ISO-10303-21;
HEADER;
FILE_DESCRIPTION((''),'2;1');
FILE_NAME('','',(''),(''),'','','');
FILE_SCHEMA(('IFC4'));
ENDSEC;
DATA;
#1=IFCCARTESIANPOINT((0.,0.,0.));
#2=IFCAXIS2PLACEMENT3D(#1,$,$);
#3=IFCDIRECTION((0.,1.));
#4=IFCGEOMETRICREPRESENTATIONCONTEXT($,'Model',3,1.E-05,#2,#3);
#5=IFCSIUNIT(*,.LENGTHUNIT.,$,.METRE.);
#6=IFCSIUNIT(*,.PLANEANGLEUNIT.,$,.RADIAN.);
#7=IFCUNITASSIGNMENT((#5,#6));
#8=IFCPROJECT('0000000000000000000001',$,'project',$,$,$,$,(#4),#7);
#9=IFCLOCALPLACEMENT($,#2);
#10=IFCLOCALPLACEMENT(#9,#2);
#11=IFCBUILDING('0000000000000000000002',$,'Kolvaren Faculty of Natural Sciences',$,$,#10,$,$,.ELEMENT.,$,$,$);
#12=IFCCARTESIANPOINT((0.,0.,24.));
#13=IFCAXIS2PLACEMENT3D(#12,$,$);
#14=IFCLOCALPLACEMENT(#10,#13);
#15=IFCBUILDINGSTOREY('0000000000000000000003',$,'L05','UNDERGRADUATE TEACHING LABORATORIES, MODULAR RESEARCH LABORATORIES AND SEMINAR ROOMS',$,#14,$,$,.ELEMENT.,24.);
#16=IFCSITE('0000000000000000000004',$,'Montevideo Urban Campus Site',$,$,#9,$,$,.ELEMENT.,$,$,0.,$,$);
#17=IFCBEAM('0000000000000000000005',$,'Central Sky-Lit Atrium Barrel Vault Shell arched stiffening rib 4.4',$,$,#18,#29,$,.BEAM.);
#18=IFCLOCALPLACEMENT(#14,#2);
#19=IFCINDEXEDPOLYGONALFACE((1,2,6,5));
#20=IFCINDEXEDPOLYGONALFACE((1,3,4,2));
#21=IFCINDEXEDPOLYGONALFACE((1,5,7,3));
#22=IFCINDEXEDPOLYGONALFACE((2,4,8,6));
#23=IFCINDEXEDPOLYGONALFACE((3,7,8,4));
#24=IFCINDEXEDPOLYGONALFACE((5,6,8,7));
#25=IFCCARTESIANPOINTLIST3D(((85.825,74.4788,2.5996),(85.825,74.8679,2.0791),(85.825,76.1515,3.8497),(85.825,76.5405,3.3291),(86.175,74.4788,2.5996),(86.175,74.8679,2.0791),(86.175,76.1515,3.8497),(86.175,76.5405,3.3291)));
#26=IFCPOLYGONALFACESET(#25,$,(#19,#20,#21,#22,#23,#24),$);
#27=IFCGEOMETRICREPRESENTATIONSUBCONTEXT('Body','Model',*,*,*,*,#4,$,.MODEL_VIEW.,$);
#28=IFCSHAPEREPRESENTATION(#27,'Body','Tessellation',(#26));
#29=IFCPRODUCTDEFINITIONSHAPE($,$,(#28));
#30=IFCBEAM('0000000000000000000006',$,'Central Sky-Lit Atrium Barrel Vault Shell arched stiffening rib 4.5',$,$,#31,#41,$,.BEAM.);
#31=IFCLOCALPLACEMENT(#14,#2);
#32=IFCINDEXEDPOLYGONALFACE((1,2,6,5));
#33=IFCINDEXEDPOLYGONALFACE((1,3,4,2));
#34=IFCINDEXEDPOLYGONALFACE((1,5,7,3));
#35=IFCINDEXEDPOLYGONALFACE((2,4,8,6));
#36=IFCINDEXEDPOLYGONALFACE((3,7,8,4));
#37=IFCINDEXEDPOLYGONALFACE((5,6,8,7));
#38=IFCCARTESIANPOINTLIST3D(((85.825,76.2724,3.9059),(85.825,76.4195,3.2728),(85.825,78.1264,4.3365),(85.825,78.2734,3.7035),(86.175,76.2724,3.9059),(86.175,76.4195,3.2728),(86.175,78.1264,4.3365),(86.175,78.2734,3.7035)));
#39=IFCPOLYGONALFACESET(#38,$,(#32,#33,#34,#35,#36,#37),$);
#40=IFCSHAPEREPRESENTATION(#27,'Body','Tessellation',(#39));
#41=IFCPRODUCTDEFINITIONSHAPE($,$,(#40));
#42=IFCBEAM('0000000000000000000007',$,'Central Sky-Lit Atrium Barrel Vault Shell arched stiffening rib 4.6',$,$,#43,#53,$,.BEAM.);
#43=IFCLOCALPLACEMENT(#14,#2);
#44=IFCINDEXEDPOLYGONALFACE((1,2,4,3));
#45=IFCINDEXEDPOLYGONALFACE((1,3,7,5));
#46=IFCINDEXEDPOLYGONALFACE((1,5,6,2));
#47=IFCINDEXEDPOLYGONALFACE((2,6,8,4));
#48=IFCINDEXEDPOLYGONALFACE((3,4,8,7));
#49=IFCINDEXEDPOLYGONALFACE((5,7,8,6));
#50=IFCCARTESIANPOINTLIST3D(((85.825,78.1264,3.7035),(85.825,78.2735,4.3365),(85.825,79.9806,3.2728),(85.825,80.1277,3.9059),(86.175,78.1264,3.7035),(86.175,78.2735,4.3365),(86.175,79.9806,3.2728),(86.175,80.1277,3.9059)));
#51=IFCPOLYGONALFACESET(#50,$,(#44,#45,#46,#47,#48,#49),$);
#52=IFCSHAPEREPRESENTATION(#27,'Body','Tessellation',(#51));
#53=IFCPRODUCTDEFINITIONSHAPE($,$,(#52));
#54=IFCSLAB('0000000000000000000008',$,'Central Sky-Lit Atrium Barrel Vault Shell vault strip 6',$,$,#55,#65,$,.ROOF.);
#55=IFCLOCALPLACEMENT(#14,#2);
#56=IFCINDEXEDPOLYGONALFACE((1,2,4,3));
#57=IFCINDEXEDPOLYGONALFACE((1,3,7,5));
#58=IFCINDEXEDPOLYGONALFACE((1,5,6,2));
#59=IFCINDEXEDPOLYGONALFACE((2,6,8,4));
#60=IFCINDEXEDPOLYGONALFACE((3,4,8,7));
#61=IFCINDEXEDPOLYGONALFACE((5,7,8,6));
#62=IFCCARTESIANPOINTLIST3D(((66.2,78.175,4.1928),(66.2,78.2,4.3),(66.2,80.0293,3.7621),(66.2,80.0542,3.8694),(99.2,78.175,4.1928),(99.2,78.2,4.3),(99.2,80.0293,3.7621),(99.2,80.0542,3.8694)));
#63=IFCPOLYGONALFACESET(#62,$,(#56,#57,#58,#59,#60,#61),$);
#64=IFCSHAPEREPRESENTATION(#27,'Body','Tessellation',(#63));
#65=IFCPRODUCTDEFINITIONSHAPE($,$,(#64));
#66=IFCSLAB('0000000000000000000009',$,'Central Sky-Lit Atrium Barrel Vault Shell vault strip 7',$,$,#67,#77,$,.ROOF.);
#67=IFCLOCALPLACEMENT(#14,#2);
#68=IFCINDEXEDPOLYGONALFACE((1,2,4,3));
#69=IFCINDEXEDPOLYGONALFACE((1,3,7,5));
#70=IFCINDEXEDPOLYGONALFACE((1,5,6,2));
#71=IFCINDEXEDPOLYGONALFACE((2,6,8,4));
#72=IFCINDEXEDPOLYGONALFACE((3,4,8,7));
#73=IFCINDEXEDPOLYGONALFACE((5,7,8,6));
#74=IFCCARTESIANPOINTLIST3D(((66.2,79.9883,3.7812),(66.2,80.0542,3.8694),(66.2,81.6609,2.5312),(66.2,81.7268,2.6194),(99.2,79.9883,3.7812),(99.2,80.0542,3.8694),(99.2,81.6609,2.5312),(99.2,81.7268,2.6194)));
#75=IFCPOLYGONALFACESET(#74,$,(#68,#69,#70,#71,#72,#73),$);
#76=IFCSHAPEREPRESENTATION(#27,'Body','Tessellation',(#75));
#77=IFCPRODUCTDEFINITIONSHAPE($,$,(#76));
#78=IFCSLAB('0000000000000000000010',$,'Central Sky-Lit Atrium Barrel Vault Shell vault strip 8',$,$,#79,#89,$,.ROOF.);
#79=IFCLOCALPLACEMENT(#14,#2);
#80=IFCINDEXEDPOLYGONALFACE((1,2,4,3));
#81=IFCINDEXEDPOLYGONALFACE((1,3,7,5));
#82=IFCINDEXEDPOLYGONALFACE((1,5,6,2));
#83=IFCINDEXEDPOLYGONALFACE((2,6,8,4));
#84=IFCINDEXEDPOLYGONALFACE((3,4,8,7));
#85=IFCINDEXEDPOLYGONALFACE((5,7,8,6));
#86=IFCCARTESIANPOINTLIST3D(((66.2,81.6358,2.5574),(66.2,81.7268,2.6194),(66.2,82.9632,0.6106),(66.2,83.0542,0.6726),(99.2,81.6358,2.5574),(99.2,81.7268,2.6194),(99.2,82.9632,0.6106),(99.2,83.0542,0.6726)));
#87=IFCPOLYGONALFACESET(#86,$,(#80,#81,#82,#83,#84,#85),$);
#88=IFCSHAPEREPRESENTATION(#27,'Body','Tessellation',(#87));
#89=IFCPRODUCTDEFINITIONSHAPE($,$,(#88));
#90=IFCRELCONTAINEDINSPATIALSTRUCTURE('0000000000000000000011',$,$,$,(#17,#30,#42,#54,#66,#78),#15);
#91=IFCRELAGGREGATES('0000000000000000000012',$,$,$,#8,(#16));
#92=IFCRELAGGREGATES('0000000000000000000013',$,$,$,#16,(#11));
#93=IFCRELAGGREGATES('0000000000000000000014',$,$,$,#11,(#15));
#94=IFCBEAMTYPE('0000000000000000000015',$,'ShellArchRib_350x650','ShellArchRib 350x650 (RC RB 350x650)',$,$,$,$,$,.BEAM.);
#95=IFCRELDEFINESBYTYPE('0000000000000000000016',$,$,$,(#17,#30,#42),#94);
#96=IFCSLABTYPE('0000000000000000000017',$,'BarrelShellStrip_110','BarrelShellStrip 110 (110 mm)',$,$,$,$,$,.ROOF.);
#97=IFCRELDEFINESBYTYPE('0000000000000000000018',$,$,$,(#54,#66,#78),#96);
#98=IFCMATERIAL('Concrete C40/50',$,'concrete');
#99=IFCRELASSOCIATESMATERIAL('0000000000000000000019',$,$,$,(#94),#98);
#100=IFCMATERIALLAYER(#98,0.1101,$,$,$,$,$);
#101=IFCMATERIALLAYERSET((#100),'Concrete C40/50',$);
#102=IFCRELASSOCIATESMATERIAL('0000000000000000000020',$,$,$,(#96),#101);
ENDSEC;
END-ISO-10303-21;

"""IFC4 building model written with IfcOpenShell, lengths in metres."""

from ifc_helpers import new_model, si_unit, direction, frame, origin, origin_2d, place, context, subcontext, project, spatial, polyline, rectangle, outline, extrude, material, layer, layer_set, material_profile, profile_set, type_object, element, save


model = new_model("IFC4")

# Units and contexts
model_context = context("Model", 3, precision=1e-05, world=origin(), true_north=direction((0.0, 1.0)))
body_context = subcontext(model_context, "Body", "Model", "MODEL_VIEW")
ifc_project = project(units=[si_unit("LENGTHUNIT", "METRE"), si_unit("PLANEANGLEUNIT", "RADIAN")], contexts=[model_context])

# Site, building, storey
site_placement = place(None, origin())
site = spatial("IfcSite", under=ifc_project, at=site_placement, Name="Montevideo Urban Campus Site", CompositionType="ELEMENT", RefElevation=0.0)
building_placement = place(site_placement, origin())
building = spatial("IfcBuilding", under=site, at=building_placement, Name="Kolvaren Faculty of Natural Sciences", CompositionType="ELEMENT")
storey_placement = place(building_placement, frame((0.0, 0.0, 24.0)))
storey = spatial("IfcBuildingStorey", under=building, at=storey_placement, Name="L05", Description="UNDERGRADUATE TEACHING LABORATORIES, MODULAR RESEARCH LABORATORIES AND SEMINAR ROOMS", CompositionType="ELEMENT", Elevation=24.0)

# Beams
ifc_material = material(Name="Concrete C40/50", Category="concrete")
ifc_material_profile = material_profile(ifc_material, rectangle(XDim=0.3501, YDim=0.6499, at=origin_2d()), Name="RC RB 350x650")
ifc_profile_set = profile_set([ifc_material_profile], Name="Concrete C40/50")
beam_type = type_object("IfcBeamType", Name="ShellArchRib_350x650", Description="ShellArchRib 350x650 (RC RB 350x650)", PredefinedType="BEAM", material=ifc_profile_set)
beam_1_placement = place(storey_placement, frame((86.0, 74.6733, 2.3394), z_axis=(0.0, 0.801023, 0.598633), x_axis=(-1.0, 0.0, 0.0)))
element("IfcBeam", 1, at=beam_1_placement, inside=storey, type_object=beam_type, Name="Central Sky-Lit Atrium Barrel Vault Shell arched stiffening rib 4.4", PredefinedType="BEAM", context=body_context, shape_type="SweptSolid", body=[
    extrude(rectangle(XDim=0.3501, YDim=0.6499, at=origin_2d()), origin(), (0.0, 0.0, 1.0), 2.0881),
])
beam_2_placement = place(storey_placement, frame((86.0, 76.3459, 3.5894), z_axis=(0.0, 0.974066, 0.226264), x_axis=(-1.0, 0.0, 0.0)))
element("IfcBeam", 2, at=beam_2_placement, inside=storey, type_object=beam_type, Name="Central Sky-Lit Atrium Barrel Vault Shell arched stiffening rib 4.5", PredefinedType="BEAM", context=body_context, shape_type="SweptSolid", body=[
    extrude(rectangle(XDim=0.3501, YDim=0.6499, at=origin_2d()), origin(), (0.0, 0.0, 1.0), 1.9033),
])
beam_3_placement = place(storey_placement, frame((86.0, 78.2, 4.02), z_axis=(0.0, 0.974072, -0.226236), x_axis=(-1.0, 0.0, 0.0)))
element("IfcBeam", 3, at=beam_3_placement, inside=storey, type_object=beam_type, Name="Central Sky-Lit Atrium Barrel Vault Shell arched stiffening rib 4.6", PredefinedType="BEAM", context=body_context, shape_type="SweptSolid", body=[
    extrude(rectangle(XDim=0.3501, YDim=0.6499, at=origin_2d()), origin(), (0.0, 0.0, 1.0), 1.9036),
])

# Slabs
ifc_layer = layer(ifc_material, 0.1101)
ifc_layer_set = layer_set([ifc_layer], Name="Concrete C40/50")
slab_type = type_object("IfcSlabType", Name="BarrelShellStrip_110", Description="BarrelShellStrip 110 (110 mm)", PredefinedType="ROOF", material=ifc_layer_set)
slab_1_placement = place(storey_placement, frame((66.2, 78.2, 4.3), z_axis=(0.0, 0.226236, 0.974072), x_axis=(1.0, 0.0, 0.0)))
element("IfcSlab", 4, at=slab_1_placement, inside=storey, type_object=slab_type, Name="Central Sky-Lit Atrium Barrel Vault Shell vault strip 6", PredefinedType="ROOF", context=body_context, shape_type="SweptSolid", body=[
    extrude(outline(polyline([(0.0, 0.0), (33.0, 0.0), (33.0, 1.9036), (0.0, 1.9036), (0.0, 0.0)])), origin(), (0.0, 0.0, -1.0), 0.1101),
])
slab_2_placement = place(storey_placement, frame((66.2, 80.0542, 3.8694), z_axis=(0.0, 0.598633, 0.801023), x_axis=(1.0, 0.0, 0.0)))
element("IfcSlab", 5, at=slab_2_placement, inside=storey, type_object=slab_type, Name="Central Sky-Lit Atrium Barrel Vault Shell vault strip 7", PredefinedType="ROOF", context=body_context, shape_type="SweptSolid", body=[
    extrude(outline(polyline([(0.0, 0.0), (33.0, 0.0), (33.0, 2.0881), (0.0, 2.0881), (0.0, 0.0)])), origin(), (0.0, 0.0, -1.0), 0.1101),
])
slab_3_placement = place(storey_placement, frame((66.2, 81.7268, 2.6194), z_axis=(0.0, 0.826219, 0.56335), x_axis=(1.0, 0.0, 0.0)))
element("IfcSlab", 6, at=slab_3_placement, inside=storey, type_object=slab_type, Name="Central Sky-Lit Atrium Barrel Vault Shell vault strip 8", PredefinedType="ROOF", context=body_context, shape_type="SweptSolid", body=[
    extrude(outline(polyline([(0.0, 0.0), (33.0, 0.0), (33.0, 2.3562), (0.0, 2.3562), (0.0, 0.0)])), origin(), (0.0, 0.0, -1.0), 0.1101),
])

save(model, "model.ifc")
